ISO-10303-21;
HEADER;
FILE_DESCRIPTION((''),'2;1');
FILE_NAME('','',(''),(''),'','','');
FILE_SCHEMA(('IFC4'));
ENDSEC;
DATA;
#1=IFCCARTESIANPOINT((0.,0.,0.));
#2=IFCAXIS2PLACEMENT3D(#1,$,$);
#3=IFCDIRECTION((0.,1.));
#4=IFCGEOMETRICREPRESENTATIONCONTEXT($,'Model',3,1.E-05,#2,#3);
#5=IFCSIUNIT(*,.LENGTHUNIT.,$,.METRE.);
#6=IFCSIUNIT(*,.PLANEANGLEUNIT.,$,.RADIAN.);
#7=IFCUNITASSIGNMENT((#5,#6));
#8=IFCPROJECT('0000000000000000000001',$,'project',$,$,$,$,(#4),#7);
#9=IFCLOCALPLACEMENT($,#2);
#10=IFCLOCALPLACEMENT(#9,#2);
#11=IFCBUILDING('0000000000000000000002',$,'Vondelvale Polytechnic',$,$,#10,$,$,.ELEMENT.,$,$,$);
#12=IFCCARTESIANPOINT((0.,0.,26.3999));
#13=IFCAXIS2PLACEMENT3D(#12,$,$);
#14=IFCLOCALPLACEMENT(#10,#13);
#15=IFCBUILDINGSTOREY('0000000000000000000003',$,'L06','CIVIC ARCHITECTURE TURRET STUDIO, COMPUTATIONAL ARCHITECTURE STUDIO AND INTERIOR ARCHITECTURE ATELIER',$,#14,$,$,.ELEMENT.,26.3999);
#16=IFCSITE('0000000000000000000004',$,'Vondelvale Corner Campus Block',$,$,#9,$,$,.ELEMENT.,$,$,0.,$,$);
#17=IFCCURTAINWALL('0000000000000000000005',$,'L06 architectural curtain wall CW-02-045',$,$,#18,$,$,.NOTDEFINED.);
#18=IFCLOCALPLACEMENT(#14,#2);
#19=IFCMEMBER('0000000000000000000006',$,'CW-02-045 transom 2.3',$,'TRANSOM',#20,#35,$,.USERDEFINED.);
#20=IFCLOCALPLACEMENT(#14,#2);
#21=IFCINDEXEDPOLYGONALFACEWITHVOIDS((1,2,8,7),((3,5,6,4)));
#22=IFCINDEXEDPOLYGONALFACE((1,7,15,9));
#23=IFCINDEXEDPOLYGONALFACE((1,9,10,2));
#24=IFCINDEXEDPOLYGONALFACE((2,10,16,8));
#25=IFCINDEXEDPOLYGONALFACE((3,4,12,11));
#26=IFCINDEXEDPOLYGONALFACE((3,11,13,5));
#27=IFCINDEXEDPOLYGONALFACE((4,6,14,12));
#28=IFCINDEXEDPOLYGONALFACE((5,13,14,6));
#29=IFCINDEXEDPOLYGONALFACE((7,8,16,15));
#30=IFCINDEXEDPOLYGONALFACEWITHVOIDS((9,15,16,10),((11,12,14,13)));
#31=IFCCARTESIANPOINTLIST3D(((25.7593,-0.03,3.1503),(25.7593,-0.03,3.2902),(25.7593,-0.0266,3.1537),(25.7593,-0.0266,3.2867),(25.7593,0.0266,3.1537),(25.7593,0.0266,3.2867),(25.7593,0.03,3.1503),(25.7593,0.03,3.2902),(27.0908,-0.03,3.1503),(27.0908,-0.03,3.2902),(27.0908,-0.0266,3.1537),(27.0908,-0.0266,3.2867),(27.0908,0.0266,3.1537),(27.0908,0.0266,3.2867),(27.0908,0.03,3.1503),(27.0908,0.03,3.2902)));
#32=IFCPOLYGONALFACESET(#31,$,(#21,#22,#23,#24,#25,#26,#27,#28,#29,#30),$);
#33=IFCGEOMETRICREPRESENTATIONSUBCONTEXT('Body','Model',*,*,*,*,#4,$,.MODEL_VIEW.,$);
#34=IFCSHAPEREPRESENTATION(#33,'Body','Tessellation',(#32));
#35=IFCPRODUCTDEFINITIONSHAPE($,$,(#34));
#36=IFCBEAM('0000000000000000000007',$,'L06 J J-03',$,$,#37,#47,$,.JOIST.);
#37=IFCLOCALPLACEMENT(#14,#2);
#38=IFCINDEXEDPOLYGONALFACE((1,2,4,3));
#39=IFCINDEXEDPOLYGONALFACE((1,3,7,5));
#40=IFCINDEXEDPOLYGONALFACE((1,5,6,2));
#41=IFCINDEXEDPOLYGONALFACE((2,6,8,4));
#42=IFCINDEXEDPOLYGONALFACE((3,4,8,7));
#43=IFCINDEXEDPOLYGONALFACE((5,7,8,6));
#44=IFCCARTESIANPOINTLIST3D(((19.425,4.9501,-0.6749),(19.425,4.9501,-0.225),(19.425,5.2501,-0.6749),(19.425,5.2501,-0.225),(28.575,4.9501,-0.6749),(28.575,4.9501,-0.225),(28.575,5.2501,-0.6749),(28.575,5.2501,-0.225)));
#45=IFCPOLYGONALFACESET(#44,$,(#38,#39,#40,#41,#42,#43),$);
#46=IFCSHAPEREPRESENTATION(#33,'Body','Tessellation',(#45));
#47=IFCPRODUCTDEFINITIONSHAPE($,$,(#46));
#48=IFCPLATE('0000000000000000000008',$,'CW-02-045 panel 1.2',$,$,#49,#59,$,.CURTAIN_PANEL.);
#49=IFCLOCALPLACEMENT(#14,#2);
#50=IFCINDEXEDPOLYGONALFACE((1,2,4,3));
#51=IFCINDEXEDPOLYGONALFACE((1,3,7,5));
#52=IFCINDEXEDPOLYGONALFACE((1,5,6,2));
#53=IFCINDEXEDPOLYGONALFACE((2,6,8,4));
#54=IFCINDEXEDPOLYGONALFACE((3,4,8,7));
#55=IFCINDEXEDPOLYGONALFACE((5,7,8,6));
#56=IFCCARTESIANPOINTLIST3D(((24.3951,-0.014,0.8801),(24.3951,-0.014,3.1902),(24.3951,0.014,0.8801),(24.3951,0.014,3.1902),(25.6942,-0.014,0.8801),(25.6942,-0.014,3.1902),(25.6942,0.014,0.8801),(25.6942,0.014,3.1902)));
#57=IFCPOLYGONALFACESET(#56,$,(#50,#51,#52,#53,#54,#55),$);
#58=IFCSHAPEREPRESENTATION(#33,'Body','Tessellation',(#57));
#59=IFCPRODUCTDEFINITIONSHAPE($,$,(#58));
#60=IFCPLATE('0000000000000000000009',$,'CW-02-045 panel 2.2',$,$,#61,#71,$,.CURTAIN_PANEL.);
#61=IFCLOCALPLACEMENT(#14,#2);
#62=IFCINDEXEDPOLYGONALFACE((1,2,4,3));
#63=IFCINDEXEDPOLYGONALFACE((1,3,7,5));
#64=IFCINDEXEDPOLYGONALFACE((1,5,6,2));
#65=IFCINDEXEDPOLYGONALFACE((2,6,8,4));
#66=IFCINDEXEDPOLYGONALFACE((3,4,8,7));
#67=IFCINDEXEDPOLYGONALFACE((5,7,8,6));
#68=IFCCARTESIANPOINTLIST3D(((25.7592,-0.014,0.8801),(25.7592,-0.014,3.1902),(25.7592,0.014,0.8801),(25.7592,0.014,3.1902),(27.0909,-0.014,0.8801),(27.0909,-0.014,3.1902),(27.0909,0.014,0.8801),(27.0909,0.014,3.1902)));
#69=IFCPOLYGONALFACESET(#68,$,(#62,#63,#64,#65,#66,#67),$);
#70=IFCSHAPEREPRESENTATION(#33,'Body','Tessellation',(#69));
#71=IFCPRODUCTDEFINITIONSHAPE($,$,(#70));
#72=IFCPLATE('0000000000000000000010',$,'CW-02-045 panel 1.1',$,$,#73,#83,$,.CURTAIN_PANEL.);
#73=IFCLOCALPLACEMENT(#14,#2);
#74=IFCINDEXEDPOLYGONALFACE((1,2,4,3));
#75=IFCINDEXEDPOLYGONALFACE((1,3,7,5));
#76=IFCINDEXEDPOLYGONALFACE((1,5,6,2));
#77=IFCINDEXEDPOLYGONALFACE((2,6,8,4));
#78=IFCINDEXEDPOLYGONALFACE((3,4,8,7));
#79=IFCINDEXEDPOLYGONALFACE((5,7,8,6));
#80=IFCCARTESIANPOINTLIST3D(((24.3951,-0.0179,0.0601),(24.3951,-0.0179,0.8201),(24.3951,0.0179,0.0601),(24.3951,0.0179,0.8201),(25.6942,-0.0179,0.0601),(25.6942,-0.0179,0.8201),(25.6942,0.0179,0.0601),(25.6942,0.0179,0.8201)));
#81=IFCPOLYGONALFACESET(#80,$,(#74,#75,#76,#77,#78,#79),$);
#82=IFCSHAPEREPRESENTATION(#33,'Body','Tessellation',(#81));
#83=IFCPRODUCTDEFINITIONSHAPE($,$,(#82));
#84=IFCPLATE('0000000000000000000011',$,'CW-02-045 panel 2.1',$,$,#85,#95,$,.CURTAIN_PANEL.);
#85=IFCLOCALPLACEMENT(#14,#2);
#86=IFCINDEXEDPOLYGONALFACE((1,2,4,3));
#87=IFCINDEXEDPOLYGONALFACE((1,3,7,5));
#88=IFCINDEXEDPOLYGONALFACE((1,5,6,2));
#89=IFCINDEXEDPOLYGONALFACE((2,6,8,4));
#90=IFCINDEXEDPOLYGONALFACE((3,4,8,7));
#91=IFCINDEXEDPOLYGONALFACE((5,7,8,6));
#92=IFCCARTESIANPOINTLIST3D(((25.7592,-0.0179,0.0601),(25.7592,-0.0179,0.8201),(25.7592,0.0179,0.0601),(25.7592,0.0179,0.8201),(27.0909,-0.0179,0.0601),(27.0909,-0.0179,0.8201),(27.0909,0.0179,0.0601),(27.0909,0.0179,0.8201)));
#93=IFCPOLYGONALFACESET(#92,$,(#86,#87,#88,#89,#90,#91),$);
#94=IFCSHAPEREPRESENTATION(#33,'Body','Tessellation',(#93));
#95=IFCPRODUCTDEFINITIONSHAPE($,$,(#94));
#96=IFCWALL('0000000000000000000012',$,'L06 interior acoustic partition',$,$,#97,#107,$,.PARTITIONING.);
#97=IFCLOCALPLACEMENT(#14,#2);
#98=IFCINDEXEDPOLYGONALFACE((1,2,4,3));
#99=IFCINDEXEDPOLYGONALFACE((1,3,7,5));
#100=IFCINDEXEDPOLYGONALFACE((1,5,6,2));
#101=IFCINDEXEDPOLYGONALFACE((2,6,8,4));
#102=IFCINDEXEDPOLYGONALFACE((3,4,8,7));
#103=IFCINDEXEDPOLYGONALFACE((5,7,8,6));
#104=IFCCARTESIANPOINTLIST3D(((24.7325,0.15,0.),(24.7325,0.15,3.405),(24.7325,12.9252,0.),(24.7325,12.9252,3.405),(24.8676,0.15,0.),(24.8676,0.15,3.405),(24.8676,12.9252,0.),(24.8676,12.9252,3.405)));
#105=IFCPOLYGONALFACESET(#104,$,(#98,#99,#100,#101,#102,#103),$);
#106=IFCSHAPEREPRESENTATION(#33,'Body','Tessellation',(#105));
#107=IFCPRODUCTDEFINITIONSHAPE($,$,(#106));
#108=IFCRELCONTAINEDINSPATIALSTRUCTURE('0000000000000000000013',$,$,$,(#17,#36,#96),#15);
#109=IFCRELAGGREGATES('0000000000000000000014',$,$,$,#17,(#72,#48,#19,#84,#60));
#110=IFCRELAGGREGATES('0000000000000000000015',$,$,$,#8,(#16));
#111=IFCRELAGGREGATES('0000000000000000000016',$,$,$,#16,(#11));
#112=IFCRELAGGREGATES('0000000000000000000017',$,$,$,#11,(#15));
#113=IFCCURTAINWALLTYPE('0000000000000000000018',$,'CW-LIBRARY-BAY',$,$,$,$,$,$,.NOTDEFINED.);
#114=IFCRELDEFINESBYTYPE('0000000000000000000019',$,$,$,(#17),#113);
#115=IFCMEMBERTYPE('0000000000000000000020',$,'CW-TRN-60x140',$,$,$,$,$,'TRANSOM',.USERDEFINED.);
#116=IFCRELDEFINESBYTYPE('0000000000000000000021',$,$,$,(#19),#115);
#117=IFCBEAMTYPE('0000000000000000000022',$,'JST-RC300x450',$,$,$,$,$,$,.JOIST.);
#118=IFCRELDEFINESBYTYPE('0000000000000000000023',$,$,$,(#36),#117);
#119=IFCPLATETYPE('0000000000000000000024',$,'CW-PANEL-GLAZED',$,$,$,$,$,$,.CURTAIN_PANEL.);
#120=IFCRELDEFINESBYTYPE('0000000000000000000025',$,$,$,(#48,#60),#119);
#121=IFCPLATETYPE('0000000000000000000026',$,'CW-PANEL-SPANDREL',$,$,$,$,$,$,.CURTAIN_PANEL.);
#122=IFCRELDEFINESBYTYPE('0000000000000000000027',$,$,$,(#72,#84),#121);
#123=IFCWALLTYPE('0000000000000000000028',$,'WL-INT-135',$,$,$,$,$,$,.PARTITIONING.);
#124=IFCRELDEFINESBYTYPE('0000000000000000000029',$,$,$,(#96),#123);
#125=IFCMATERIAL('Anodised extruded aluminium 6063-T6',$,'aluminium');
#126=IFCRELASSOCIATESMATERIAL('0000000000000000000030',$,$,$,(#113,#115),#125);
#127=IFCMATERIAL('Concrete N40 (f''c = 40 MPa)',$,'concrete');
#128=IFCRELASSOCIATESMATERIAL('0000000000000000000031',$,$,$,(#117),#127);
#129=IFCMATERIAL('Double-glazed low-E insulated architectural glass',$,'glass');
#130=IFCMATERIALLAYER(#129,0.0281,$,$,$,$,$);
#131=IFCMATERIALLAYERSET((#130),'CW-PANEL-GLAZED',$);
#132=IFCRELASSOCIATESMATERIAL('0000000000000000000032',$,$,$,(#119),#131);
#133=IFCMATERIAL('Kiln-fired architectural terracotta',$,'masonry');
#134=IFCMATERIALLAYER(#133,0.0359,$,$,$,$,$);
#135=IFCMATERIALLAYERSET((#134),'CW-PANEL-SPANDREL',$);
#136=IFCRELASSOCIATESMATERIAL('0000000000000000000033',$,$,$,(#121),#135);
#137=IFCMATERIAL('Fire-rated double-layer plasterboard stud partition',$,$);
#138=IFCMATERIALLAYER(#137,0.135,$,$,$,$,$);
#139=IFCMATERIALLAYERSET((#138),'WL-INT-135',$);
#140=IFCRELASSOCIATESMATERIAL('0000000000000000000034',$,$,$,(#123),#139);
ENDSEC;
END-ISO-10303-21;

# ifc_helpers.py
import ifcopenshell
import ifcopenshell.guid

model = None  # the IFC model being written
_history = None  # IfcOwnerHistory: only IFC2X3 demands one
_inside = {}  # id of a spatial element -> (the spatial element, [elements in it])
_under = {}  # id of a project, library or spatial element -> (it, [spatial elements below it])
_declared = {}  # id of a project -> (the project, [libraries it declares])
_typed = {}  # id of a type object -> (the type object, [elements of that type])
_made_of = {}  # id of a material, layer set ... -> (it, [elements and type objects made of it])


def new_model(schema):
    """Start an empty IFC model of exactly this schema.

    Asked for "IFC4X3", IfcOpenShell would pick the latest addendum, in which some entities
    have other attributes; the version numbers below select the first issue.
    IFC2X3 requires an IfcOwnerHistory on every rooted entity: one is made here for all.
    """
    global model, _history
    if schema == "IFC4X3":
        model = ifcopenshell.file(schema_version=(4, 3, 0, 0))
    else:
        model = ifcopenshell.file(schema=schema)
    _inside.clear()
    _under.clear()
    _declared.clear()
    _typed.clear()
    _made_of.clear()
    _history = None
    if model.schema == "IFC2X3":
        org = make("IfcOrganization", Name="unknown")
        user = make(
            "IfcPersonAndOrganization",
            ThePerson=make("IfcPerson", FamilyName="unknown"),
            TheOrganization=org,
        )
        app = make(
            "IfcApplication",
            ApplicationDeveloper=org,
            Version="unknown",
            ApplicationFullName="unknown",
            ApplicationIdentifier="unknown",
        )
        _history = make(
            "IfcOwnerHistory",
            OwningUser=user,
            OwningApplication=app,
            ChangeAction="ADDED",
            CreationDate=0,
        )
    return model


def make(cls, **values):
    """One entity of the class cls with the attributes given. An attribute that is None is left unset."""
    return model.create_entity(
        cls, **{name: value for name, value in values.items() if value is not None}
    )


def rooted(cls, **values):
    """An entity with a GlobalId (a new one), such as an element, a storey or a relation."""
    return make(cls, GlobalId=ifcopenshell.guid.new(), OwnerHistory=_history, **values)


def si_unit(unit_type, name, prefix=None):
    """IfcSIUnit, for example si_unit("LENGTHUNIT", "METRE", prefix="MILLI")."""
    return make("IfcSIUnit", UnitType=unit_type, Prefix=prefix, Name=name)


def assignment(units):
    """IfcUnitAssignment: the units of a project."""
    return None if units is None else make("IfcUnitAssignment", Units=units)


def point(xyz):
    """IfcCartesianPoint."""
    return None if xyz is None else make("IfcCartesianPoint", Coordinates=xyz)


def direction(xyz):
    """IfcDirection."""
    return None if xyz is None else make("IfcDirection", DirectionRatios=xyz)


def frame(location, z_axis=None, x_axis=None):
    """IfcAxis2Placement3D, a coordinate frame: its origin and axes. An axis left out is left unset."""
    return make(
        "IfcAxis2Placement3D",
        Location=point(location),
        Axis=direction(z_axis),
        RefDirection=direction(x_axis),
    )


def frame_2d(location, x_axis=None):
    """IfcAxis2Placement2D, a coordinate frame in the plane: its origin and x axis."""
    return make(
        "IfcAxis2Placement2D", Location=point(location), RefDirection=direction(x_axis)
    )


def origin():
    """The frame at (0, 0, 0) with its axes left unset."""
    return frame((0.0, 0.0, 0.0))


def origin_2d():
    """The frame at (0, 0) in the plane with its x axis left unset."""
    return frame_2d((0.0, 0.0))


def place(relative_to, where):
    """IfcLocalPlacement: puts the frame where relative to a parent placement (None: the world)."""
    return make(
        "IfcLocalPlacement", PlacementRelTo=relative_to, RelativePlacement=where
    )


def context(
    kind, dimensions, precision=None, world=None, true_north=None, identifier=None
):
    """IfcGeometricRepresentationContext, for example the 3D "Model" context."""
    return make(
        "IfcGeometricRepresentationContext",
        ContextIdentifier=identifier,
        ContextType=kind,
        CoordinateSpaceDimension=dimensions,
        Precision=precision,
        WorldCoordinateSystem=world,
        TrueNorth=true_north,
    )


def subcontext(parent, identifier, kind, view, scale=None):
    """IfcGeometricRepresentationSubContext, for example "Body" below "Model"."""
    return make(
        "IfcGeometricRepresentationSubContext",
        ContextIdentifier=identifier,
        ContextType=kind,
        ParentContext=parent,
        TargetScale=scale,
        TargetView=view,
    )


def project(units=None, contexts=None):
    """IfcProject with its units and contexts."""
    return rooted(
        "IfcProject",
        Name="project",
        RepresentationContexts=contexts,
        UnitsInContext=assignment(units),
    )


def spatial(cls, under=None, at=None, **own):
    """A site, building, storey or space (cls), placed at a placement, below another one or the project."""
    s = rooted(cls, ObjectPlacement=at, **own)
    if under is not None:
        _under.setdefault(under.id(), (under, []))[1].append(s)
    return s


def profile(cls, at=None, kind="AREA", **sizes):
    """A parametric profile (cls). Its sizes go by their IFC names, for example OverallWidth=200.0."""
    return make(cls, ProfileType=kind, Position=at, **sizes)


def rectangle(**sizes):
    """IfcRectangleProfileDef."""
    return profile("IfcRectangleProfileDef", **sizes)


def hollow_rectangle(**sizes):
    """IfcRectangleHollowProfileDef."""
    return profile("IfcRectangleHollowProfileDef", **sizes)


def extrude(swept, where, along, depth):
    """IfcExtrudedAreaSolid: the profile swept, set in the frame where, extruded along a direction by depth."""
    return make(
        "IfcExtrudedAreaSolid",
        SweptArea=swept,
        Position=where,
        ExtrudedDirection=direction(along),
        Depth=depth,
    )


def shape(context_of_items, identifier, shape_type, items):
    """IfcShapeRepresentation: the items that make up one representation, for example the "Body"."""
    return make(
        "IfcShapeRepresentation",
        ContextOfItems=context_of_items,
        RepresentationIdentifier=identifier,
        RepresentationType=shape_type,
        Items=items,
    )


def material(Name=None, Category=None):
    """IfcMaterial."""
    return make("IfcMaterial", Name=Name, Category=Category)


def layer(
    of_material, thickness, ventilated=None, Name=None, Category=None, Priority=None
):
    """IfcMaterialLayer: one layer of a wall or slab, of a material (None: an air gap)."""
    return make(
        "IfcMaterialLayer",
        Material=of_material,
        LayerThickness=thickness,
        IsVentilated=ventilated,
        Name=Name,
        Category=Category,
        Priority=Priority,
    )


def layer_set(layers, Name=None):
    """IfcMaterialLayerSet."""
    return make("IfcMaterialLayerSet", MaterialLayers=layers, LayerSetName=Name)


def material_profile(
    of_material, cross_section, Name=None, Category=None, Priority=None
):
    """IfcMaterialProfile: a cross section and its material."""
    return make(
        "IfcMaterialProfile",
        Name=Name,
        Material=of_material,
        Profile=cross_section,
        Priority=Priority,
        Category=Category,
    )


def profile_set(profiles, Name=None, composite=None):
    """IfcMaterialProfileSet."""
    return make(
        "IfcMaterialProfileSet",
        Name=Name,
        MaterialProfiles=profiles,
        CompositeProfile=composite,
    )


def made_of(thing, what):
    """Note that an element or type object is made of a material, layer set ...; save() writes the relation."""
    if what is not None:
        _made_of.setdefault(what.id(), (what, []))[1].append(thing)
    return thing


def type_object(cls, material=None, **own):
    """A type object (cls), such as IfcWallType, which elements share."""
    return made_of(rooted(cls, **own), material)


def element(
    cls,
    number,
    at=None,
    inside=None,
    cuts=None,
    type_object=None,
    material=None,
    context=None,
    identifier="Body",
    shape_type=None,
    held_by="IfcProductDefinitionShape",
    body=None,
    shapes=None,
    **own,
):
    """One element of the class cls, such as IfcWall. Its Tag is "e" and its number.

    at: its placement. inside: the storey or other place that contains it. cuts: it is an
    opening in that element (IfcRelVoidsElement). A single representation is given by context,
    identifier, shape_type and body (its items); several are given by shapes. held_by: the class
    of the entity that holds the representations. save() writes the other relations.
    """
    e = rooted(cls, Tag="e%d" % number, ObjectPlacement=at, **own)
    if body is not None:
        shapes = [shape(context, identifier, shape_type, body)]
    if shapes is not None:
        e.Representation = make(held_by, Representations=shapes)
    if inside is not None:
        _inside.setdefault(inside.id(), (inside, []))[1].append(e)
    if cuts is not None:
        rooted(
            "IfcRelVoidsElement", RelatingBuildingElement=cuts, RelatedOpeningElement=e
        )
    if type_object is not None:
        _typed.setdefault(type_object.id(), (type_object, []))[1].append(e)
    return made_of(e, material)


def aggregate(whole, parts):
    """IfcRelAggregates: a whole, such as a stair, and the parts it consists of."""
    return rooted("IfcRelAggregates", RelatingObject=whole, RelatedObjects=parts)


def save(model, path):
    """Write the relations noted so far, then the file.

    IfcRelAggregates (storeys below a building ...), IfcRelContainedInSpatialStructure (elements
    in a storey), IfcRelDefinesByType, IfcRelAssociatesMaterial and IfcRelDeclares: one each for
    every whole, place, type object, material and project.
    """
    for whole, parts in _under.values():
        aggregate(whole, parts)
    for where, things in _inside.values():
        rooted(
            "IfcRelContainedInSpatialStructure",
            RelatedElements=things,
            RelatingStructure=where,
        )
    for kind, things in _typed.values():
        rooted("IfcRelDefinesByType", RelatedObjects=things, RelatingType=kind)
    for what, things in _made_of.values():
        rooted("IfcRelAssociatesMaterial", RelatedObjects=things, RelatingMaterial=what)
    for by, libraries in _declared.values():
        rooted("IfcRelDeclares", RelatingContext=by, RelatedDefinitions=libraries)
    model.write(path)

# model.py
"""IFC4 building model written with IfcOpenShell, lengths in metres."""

from ifc_helpers import new_model, si_unit, direction, frame, frame_2d, origin, origin_2d, place, context, subcontext, project, spatial, rectangle, hollow_rectangle, extrude, material, layer, layer_set, material_profile, profile_set, type_object, element, aggregate, save


model = new_model("IFC4")

# Units and contexts
model_context = context("Model", 3, precision=1e-05, world=origin(), true_north=direction((0.0, 1.0)))
body_context = subcontext(model_context, "Body", "Model", "MODEL_VIEW")
ifc_project = project(units=[si_unit("LENGTHUNIT", "METRE"), si_unit("PLANEANGLEUNIT", "RADIAN")], contexts=[model_context])

# Site, building, storey
site_placement = place(None, origin())
site = spatial("IfcSite", under=ifc_project, at=site_placement, Name="Vondelvale Corner Campus Block", CompositionType="ELEMENT", RefElevation=0.0)
building_placement = place(site_placement, origin())
building = spatial("IfcBuilding", under=site, at=building_placement, Name="Vondelvale Polytechnic", CompositionType="ELEMENT")
storey_placement = place(building_placement, frame((0.0, 0.0, 26.3999)))
storey = spatial("IfcBuildingStorey", under=building, at=storey_placement, Name="L06", Description="CIVIC ARCHITECTURE TURRET STUDIO, COMPUTATIONAL ARCHITECTURE STUDIO AND INTERIOR ARCHITECTURE ATELIER", CompositionType="ELEMENT", Elevation=26.3999)

# Shared definitions
ifc_material_1 = material(Name="Concrete N40 (f'c = 40 MPa)", Category="concrete")

# Shared definitions
ifc_material_2 = material(Name="Anodised extruded aluminium 6063-T6", Category="aluminium")
curtain_wall_type = type_object("IfcCurtainWallType", Name="CW-LIBRARY-BAY", PredefinedType="NOTDEFINED", material=ifc_material_2)

# Curtain wall, member
curtain_wall_1_placement = place(storey_placement, origin())
curtain_wall_1 = element("IfcCurtainWall", 1, at=curtain_wall_1_placement, inside=storey, type_object=curtain_wall_type, Name="L06 architectural curtain wall CW-02-045", PredefinedType="NOTDEFINED")
ifc_material_profile_1 = material_profile(ifc_material_2, hollow_rectangle(XDim=0.0601, YDim=0.1399, WallThickness=0.0034, at=origin_2d()), Name="CW-TRN-140x60")
ifc_profile_set_1 = profile_set([ifc_material_profile_1], Name="Anodised extruded aluminium 6063-T6")
member_type_1 = type_object("IfcMemberType", Name="CW-TRN-60x140", ElementType="TRANSOM", PredefinedType="USERDEFINED", material=ifc_profile_set_1)
member_1_placement = place(storey_placement, frame((25.7593, 0.0, 3.2202), z_axis=(1.0, 0.0, 0.0), x_axis=(0.0, 1.0, 0.0)))
member_1 = element("IfcMember", 2, at=member_1_placement, type_object=member_type_1, Name="CW-02-045 transom 2.3", ObjectType="TRANSOM", PredefinedType="USERDEFINED", context=body_context, shape_type="SweptSolid", body=[
    extrude(hollow_rectangle(XDim=0.0601, YDim=0.1399, WallThickness=0.0034, at=origin_2d()), origin(), (0.0, 0.0, 1.0), 1.3315),
])

# Beam
ifc_material_profile_2 = material_profile(ifc_material_1, rectangle(XDim=0.3, YDim=0.45, at=origin_2d()), Name="RC-JST-300x450")
ifc_profile_set_2 = profile_set([ifc_material_profile_2], Name="Concrete N40 (f'c = 40 MPa)")
beam_type_1 = type_object("IfcBeamType", Name="JST-RC300x450", PredefinedType="JOIST", material=ifc_profile_set_2)
beam_1_placement = place(storey_placement, frame((19.425, 5.1001, -0.45), z_axis=(1.0, 0.0, 0.0), x_axis=(0.0, 1.0, 0.0)))
element("IfcBeam", 3, at=beam_1_placement, inside=storey, type_object=beam_type_1, Name="L06 J J-03", PredefinedType="JOIST", context=body_context, shape_type="SweptSolid", body=[
    extrude(rectangle(XDim=0.3, YDim=0.45, at=origin_2d()), origin(), (0.0, 0.0, 1.0), 9.1499),
])

# Plates
ifc_material_3 = material(Name="Double-glazed low-E insulated architectural glass", Category="glass")
ifc_layer_1 = layer(ifc_material_3, 0.0281)
ifc_layer_set_1 = layer_set([ifc_layer_1], Name="CW-PANEL-GLAZED")
plate_type_1 = type_object("IfcPlateType", Name="CW-PANEL-GLAZED", PredefinedType="CURTAIN_PANEL", material=ifc_layer_set_1)
plate_1_placement = place(storey_placement, frame((25.0447, 0.0, 0.8801), z_axis=(0.0, 0.0, 1.0), x_axis=(1.0, 0.0, 0.0)))
plate_1 = element("IfcPlate", 4, at=plate_1_placement, type_object=plate_type_1, Name="CW-02-045 panel 1.2", PredefinedType="CURTAIN_PANEL", context=body_context, shape_type="SweptSolid", body=[
    extrude(rectangle(XDim=1.2991, YDim=0.0281, at=origin_2d()), origin(), (0.0, 0.0, 1.0), 2.3101),
])
plate_2_placement = place(storey_placement, frame((26.425, 0.0, 0.8801), z_axis=(0.0, 0.0, 1.0), x_axis=(1.0, 0.0, 0.0)))
plate_2 = element("IfcPlate", 5, at=plate_2_placement, type_object=plate_type_1, Name="CW-02-045 panel 2.2", PredefinedType="CURTAIN_PANEL", context=body_context, shape_type="SweptSolid", body=[
    extrude(rectangle(XDim=1.3318, YDim=0.0281, at=origin_2d()), origin(), (0.0, 0.0, 1.0), 2.3101),
])
ifc_material_4 = material(Name="Kiln-fired architectural terracotta", Category="masonry")
ifc_layer_2 = layer(ifc_material_4, 0.0359)
ifc_layer_set_2 = layer_set([ifc_layer_2], Name="CW-PANEL-SPANDREL")
plate_type_2 = type_object("IfcPlateType", Name="CW-PANEL-SPANDREL", PredefinedType="CURTAIN_PANEL", material=ifc_layer_set_2)
plate_3_placement = place(storey_placement, frame((25.0447, 0.0, 0.0601), z_axis=(0.0, 0.0, 1.0), x_axis=(1.0, 0.0, 0.0)))
plate_3 = element("IfcPlate", 6, at=plate_3_placement, type_object=plate_type_2, Name="CW-02-045 panel 1.1", PredefinedType="CURTAIN_PANEL", context=body_context, shape_type="SweptSolid", body=[
    extrude(rectangle(XDim=1.2991, YDim=0.0359, at=origin_2d()), origin(), (0.0, 0.0, 1.0), 0.76),
])
plate_4_placement = place(storey_placement, frame((26.425, 0.0, 0.0601), z_axis=(0.0, 0.0, 1.0), x_axis=(1.0, 0.0, 0.0)))
plate_4 = element("IfcPlate", 7, at=plate_4_placement, type_object=plate_type_2, Name="CW-02-045 panel 2.1", PredefinedType="CURTAIN_PANEL", context=body_context, shape_type="SweptSolid", body=[
    extrude(rectangle(XDim=1.3318, YDim=0.0359, at=origin_2d()), origin(), (0.0, 0.0, 1.0), 0.76),
])
aggregate(curtain_wall_1, [plate_3, plate_1, member_1, plate_4, plate_2])

# Wall
ifc_material_5 = material(Name="Fire-rated double-layer plasterboard stud partition")
ifc_layer_3 = layer(ifc_material_5, 0.135)
ifc_layer_set_3 = layer_set([ifc_layer_3], Name="WL-INT-135")
wall_type = type_object("IfcWallType", Name="WL-INT-135", PredefinedType="PARTITIONING", material=ifc_layer_set_3)
wall_placement = place(storey_placement, frame((24.8, 0.1499, 0.0), z_axis=(0.0, 0.0, 1.0), x_axis=(0.0, 1.0, 0.0)))
element("IfcWall", 8, at=wall_placement, inside=storey, type_object=wall_type, Name="L06 interior acoustic partition", PredefinedType="PARTITIONING", context=body_context, shape_type="SweptSolid", body=[
    extrude(rectangle(XDim=12.7751, YDim=0.135, at=frame_2d((6.3877, 0.0))), origin(), (0.0, 0.0, 1.0), 3.405),
])

save(model, "model.ifc")
